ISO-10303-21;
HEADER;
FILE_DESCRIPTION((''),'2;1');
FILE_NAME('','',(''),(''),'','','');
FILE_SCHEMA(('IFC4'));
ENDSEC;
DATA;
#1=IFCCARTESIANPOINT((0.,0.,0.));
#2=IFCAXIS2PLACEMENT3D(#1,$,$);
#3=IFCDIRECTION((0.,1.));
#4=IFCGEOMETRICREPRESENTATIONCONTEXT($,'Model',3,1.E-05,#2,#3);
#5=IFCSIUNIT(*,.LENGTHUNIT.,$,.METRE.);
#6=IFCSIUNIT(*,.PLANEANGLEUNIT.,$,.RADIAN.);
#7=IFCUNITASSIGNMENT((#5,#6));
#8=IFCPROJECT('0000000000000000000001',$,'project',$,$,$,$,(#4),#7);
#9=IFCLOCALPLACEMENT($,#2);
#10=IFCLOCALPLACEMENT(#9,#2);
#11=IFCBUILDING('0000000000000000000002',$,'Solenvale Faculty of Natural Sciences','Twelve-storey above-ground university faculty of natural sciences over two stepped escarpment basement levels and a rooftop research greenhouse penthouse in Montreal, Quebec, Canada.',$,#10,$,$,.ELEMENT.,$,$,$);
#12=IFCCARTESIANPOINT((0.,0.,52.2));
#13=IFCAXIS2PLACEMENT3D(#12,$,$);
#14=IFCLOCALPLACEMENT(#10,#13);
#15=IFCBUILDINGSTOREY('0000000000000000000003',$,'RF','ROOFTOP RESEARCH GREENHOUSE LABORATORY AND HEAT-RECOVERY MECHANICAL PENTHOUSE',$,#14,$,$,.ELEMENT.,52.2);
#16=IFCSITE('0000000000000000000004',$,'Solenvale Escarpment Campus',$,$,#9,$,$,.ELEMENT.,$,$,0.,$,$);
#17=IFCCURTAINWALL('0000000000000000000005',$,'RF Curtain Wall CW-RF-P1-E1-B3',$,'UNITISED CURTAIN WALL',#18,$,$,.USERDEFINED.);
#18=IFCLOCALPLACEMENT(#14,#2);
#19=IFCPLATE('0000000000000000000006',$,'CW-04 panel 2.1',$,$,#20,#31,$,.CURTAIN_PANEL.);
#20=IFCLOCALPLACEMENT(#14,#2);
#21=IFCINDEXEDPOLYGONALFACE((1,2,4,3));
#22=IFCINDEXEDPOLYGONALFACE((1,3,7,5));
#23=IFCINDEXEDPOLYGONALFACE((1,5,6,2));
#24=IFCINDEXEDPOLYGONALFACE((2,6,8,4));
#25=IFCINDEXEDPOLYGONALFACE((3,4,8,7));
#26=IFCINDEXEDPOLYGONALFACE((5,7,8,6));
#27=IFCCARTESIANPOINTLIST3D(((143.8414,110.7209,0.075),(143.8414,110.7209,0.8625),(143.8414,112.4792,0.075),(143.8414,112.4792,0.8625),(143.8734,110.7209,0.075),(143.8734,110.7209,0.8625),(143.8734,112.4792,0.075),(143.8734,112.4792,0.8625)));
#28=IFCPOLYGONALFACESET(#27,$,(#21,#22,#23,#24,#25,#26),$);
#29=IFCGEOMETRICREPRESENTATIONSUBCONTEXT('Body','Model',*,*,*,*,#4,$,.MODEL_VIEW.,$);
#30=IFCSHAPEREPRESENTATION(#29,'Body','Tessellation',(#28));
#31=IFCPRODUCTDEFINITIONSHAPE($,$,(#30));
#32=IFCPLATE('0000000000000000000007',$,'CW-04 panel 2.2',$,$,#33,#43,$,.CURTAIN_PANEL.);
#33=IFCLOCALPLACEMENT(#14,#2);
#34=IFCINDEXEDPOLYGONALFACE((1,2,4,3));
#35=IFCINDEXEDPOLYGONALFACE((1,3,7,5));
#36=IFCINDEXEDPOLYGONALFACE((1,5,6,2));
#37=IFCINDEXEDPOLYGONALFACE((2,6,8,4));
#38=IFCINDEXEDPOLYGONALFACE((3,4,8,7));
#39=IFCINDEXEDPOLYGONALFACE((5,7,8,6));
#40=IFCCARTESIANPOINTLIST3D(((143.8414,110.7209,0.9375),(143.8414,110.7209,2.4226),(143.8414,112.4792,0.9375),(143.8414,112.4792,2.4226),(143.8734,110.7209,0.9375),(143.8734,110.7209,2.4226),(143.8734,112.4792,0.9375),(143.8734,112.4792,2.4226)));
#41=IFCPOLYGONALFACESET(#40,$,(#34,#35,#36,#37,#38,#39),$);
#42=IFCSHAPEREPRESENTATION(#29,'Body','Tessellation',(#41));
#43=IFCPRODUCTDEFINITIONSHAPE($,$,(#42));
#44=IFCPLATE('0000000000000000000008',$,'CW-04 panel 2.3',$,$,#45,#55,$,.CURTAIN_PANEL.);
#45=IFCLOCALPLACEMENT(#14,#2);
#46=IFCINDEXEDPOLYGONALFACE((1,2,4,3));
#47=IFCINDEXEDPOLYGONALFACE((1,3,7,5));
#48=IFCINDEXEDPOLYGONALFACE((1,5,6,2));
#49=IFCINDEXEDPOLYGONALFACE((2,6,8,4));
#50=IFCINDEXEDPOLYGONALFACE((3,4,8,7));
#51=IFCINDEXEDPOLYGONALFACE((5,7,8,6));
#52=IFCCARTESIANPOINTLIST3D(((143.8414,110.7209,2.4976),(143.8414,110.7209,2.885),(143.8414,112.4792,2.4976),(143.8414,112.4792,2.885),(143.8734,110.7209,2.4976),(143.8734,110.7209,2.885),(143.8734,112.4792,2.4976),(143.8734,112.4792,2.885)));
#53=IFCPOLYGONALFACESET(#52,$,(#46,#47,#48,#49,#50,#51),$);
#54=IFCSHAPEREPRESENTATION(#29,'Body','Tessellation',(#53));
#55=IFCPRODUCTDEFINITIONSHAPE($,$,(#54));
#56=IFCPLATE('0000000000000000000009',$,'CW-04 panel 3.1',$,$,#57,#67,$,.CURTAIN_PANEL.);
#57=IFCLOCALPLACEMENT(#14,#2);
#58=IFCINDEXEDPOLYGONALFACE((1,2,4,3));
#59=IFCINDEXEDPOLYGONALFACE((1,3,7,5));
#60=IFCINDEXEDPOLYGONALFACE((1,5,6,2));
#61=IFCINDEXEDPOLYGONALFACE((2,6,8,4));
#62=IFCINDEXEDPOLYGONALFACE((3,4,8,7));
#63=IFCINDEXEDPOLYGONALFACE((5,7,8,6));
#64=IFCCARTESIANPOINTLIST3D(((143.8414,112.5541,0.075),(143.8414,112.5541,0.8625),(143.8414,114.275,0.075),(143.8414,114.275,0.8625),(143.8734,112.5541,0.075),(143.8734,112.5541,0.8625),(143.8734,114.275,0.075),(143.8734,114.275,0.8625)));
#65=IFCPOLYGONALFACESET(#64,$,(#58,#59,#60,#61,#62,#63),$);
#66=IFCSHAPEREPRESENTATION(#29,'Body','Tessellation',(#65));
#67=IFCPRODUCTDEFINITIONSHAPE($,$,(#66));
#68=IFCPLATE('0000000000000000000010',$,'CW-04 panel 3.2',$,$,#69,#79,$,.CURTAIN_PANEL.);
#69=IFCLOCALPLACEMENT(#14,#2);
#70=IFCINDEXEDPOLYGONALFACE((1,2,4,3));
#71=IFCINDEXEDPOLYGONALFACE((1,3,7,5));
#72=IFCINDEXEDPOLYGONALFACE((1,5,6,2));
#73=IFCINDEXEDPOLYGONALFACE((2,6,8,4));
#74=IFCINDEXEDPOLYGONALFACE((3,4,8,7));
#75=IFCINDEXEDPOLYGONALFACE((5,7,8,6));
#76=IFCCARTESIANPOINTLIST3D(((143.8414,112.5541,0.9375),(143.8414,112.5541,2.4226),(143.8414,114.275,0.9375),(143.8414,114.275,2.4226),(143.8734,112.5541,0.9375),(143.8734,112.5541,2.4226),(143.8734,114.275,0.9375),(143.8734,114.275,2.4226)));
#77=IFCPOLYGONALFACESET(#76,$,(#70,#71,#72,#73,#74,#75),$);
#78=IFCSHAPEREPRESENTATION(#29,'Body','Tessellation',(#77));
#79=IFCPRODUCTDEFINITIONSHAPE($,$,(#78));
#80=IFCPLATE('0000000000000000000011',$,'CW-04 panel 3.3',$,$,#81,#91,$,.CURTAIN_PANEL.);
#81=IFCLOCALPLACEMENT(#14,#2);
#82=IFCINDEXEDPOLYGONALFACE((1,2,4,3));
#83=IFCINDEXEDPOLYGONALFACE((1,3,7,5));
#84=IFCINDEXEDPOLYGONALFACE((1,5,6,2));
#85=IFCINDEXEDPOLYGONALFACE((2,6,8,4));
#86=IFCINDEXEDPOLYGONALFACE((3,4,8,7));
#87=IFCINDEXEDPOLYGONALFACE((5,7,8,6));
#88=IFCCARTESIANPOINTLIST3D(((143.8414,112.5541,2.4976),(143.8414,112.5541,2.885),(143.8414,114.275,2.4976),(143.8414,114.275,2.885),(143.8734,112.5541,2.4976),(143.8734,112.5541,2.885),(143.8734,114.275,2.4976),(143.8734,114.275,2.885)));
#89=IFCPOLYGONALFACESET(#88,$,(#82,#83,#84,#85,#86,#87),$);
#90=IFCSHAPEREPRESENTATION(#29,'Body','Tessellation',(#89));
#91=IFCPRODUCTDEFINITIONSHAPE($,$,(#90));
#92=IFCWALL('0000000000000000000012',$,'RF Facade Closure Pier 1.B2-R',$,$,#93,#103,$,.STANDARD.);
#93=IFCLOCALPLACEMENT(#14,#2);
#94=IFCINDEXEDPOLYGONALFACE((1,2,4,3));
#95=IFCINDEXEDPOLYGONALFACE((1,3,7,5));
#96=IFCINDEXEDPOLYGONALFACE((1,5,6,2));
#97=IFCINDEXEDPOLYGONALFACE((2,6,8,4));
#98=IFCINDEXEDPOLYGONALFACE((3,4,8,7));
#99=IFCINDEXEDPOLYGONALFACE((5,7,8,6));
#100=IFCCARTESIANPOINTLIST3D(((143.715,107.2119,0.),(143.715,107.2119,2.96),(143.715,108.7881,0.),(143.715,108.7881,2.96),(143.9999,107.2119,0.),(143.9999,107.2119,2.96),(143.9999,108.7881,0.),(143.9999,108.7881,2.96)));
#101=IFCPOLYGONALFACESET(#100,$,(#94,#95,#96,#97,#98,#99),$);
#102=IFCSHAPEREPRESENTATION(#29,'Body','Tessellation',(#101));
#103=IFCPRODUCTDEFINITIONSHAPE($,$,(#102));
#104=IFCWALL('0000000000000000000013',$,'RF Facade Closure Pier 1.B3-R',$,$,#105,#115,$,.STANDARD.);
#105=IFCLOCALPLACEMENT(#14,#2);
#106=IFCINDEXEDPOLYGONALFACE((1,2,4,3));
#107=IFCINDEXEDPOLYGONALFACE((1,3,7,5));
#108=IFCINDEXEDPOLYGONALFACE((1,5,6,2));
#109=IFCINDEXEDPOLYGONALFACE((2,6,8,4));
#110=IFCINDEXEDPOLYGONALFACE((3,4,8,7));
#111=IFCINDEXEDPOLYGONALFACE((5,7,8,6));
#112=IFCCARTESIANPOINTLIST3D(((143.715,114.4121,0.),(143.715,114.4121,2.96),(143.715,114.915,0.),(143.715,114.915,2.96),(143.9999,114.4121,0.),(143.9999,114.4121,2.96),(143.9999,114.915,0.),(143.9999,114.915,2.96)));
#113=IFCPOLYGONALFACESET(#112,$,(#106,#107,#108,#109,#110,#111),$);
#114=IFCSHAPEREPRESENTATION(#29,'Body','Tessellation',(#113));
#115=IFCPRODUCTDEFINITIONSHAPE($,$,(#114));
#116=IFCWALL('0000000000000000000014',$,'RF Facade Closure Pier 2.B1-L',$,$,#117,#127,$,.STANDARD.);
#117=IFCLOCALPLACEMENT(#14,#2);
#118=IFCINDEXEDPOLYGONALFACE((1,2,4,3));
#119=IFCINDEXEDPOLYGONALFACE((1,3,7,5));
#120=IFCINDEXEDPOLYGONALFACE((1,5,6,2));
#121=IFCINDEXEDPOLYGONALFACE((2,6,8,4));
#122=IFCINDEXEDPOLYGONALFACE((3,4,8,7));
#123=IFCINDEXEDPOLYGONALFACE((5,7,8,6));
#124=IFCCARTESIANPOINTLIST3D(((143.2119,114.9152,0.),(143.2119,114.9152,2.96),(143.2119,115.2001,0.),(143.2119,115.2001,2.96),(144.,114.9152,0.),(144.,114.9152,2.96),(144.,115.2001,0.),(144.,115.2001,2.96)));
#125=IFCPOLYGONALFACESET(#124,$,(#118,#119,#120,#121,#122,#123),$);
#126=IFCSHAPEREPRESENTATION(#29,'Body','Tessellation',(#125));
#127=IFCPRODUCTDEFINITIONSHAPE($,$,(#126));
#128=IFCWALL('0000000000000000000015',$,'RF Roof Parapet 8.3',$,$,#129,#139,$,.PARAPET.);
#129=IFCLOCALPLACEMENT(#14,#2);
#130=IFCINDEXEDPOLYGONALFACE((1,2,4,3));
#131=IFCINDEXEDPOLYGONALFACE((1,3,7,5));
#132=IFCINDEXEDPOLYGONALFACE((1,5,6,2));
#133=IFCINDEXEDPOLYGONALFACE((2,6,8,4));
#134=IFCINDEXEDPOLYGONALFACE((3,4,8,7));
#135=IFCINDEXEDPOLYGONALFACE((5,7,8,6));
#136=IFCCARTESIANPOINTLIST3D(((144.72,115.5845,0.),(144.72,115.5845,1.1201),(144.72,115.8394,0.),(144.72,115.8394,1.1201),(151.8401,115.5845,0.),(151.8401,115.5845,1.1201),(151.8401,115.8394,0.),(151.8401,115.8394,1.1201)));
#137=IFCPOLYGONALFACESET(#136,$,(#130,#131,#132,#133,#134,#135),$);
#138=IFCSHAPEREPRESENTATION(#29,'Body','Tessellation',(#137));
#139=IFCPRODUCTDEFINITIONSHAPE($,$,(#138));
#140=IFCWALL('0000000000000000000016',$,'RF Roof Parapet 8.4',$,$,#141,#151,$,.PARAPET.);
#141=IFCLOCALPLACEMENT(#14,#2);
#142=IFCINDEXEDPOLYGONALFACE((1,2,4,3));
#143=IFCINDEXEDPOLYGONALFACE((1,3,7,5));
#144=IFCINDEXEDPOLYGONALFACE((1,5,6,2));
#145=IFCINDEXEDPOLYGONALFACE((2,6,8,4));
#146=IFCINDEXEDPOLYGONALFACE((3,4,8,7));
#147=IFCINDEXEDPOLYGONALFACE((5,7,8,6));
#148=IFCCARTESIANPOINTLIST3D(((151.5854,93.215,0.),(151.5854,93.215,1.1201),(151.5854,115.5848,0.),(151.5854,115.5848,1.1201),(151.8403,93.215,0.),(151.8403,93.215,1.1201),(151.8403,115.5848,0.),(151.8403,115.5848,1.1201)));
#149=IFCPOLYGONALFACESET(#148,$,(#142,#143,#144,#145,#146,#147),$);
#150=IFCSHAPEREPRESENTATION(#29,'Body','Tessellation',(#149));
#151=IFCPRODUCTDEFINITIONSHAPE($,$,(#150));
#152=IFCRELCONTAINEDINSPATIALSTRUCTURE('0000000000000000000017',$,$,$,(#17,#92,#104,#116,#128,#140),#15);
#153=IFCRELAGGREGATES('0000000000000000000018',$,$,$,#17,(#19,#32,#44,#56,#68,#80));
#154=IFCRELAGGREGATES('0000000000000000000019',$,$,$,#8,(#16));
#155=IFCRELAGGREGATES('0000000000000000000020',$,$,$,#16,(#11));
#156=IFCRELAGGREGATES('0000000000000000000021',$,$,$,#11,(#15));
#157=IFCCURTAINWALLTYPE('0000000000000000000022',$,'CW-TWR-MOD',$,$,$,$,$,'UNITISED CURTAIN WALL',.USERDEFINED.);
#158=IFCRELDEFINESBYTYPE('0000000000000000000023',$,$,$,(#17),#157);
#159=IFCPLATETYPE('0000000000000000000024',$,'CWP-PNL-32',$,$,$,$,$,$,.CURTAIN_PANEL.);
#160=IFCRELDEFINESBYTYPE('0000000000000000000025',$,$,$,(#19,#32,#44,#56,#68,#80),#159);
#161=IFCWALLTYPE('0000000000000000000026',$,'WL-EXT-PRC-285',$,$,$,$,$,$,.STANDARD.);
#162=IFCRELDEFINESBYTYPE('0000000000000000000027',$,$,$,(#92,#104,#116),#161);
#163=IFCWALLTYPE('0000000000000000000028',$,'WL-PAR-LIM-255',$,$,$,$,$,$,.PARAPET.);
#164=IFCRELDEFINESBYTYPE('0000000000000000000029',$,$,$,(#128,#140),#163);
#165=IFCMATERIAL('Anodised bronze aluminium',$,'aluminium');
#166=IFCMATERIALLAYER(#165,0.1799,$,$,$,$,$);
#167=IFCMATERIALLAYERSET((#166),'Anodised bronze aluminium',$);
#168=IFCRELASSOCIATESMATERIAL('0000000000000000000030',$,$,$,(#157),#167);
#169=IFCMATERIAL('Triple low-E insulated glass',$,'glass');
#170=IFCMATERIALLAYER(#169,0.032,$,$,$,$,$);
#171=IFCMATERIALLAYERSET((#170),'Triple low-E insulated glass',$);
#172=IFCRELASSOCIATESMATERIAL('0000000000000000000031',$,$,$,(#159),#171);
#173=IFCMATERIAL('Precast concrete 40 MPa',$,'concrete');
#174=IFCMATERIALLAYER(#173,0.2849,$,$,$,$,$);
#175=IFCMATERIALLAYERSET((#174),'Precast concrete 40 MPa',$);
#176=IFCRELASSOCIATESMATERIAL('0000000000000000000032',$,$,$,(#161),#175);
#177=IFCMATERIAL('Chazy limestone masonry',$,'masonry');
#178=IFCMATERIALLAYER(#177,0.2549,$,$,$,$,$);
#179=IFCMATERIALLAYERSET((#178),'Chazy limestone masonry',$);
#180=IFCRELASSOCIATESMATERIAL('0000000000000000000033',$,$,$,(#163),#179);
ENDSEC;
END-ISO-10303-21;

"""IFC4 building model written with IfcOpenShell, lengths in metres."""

from ifc_helpers import new_model, si_unit, direction, frame, frame_2d, origin, origin_2d, place, context, subcontext, project, spatial, rectangle, extrude, material, layer, layer_set, type_object, element, aggregate, save


model = new_model("IFC4")

# Units and contexts
model_context = context("Model", 3, precision=1e-05, world=origin(), true_north=direction((0.0, 1.0)))
body_context = subcontext(model_context, "Body", "Model", "MODEL_VIEW")
ifc_project = project(units=[si_unit("LENGTHUNIT", "METRE"), si_unit("PLANEANGLEUNIT", "RADIAN")], contexts=[model_context])

# Site, building, storey
site_placement = place(None, origin())
site = spatial("IfcSite", under=ifc_project, at=site_placement, Name="Solenvale Escarpment Campus", CompositionType="ELEMENT", RefElevation=0.0)
building_placement = place(site_placement, origin())
building = spatial("IfcBuilding", under=site, at=building_placement, Name="Solenvale Faculty of Natural Sciences", Description="Twelve-storey above-ground university faculty of natural sciences over two stepped escarpment basement levels and a rooftop research greenhouse penthouse in Montreal, Quebec, Canada.", CompositionType="ELEMENT")
storey_placement = place(building_placement, frame((0.0, 0.0, 52.2)))
storey = spatial("IfcBuildingStorey", under=building, at=storey_placement, Name="RF", Description="ROOFTOP RESEARCH GREENHOUSE LABORATORY AND HEAT-RECOVERY MECHANICAL PENTHOUSE", CompositionType="ELEMENT", Elevation=52.2)

# Shared definitions
ifc_material_1 = material(Name="Anodised bronze aluminium", Category="aluminium")
ifc_layer_1 = layer(ifc_material_1, 0.1799)
ifc_layer_set_1 = layer_set([ifc_layer_1], Name="Anodised bronze aluminium")
curtain_wall_type = type_object("IfcCurtainWallType", Name="CW-TWR-MOD", ElementType="UNITISED CURTAIN WALL", PredefinedType="USERDEFINED", material=ifc_layer_set_1)

# Curtain wall
curtain_wall_1_placement = place(storey_placement, origin())
curtain_wall_1 = element("IfcCurtainWall", 1, at=curtain_wall_1_placement, inside=storey, type_object=curtain_wall_type, Name="RF Curtain Wall CW-RF-P1-E1-B3", ObjectType="UNITISED CURTAIN WALL", PredefinedType="USERDEFINED")

# Plates
ifc_material_2 = material(Name="Triple low-E insulated glass", Category="glass")
ifc_layer_2 = layer(ifc_material_2, 0.032)
ifc_layer_set_2 = layer_set([ifc_layer_2], Name="Triple low-E insulated glass")
plate_type_1 = type_object("IfcPlateType", Name="CWP-PNL-32", PredefinedType="CURTAIN_PANEL", material=ifc_layer_set_2)
plate_1_placement = place(storey_placement, frame((143.8574, 111.6001, 0.075), z_axis=(0.0, 0.0, 1.0), x_axis=(0.0, 1.0, 0.0)))
plate_1 = element("IfcPlate", 2, at=plate_1_placement, type_object=plate_type_1, Name="CW-04 panel 2.1", PredefinedType="CURTAIN_PANEL", context=body_context, shape_type="SweptSolid", body=[
    extrude(rectangle(XDim=1.7583, YDim=0.032, at=origin_2d()), origin(), (0.0, 0.0, 1.0), 0.7876),
])
plate_2_placement = place(storey_placement, frame((143.8574, 111.6001, 0.9375), z_axis=(0.0, 0.0, 1.0), x_axis=(0.0, 1.0, 0.0)))
plate_2 = element("IfcPlate", 3, at=plate_2_placement, type_object=plate_type_1, Name="CW-04 panel 2.2", PredefinedType="CURTAIN_PANEL", context=body_context, shape_type="SweptSolid", body=[
    extrude(rectangle(XDim=1.7583, YDim=0.032, at=origin_2d()), origin(), (0.0, 0.0, 1.0), 1.4851),
])
plate_3_placement = place(storey_placement, frame((143.8574, 111.6001, 2.4976), z_axis=(0.0, 0.0, 1.0), x_axis=(0.0, 1.0, 0.0)))
plate_3 = element("IfcPlate", 4, at=plate_3_placement, type_object=plate_type_1, Name="CW-04 panel 2.3", PredefinedType="CURTAIN_PANEL", context=body_context, shape_type="SweptSolid", body=[
    extrude(rectangle(XDim=1.7583, YDim=0.032, at=origin_2d()), origin(), (0.0, 0.0, 1.0), 0.3875),
])
plate_4_placement = place(storey_placement, frame((143.8574, 113.4146, 0.075), z_axis=(0.0, 0.0, 1.0), x_axis=(0.0, 1.0, 0.0)))
plate_4 = element("IfcPlate", 5, at=plate_4_placement, type_object=plate_type_1, Name="CW-04 panel 3.1", PredefinedType="CURTAIN_PANEL", context=body_context, shape_type="SweptSolid", body=[
    extrude(rectangle(XDim=1.7209, YDim=0.032, at=origin_2d()), origin(), (0.0, 0.0, 1.0), 0.7876),
])
plate_5_placement = place(storey_placement, frame((143.8574, 113.4146, 0.9375), z_axis=(0.0, 0.0, 1.0), x_axis=(0.0, 1.0, 0.0)))
plate_5 = element("IfcPlate", 6, at=plate_5_placement, type_object=plate_type_1, Name="CW-04 panel 3.2", PredefinedType="CURTAIN_PANEL", context=body_context, shape_type="SweptSolid", body=[
    extrude(rectangle(XDim=1.7209, YDim=0.032, at=origin_2d()), origin(), (0.0, 0.0, 1.0), 1.4851),
])
plate_6_placement = place(storey_placement, frame((143.8574, 113.4146, 2.4976), z_axis=(0.0, 0.0, 1.0), x_axis=(0.0, 1.0, 0.0)))
plate_6 = element("IfcPlate", 7, at=plate_6_placement, type_object=plate_type_1, Name="CW-04 panel 3.3", PredefinedType="CURTAIN_PANEL", context=body_context, shape_type="SweptSolid", body=[
    extrude(rectangle(XDim=1.7209, YDim=0.032, at=origin_2d()), origin(), (0.0, 0.0, 1.0), 0.3875),
])
aggregate(curtain_wall_1, [plate_1, plate_2, plate_3, plate_4, plate_5, plate_6])

# Walls
ifc_material_3 = material(Name="Precast concrete 40 MPa", Category="concrete")
ifc_layer_3 = layer(ifc_material_3, 0.2849)
ifc_layer_set_3 = layer_set([ifc_layer_3], Name="Precast concrete 40 MPa")
wall_type_1 = type_object("IfcWallType", Name="WL-EXT-PRC-285", PredefinedType="STANDARD", material=ifc_layer_set_3)
wall_1_placement = place(storey_placement, frame((143.8574, 107.2119, 0.0), z_axis=(0.0, 0.0, 1.0), x_axis=(0.0, 1.0, 0.0)))
element("IfcWall", 8, at=wall_1_placement, inside=storey, type_object=wall_type_1, Name="RF Facade Closure Pier 1.B2-R", PredefinedType="STANDARD", context=body_context, shape_type="SweptSolid", body=[
    extrude(rectangle(XDim=1.5762, YDim=0.2849, at=frame_2d((0.7881, 0.0))), origin(), (0.0, 0.0, 1.0), 2.96),
])
wall_2_placement = place(storey_placement, frame((143.8574, 114.4121, 0.0), z_axis=(0.0, 0.0, 1.0), x_axis=(0.0, 1.0, 0.0)))
element("IfcWall", 9, at=wall_2_placement, inside=storey, type_object=wall_type_1, Name="RF Facade Closure Pier 1.B3-R", PredefinedType="STANDARD", context=body_context, shape_type="SweptSolid", body=[
    extrude(rectangle(XDim=0.5029, YDim=0.2849, at=frame_2d((0.2515, 0.0))), origin(), (0.0, 0.0, 1.0), 2.96),
])
wall_3_placement = place(storey_placement, frame((144.0, 115.0576, 0.0), z_axis=(0.0, 0.0, 1.0), x_axis=(-1.0, 0.0, 0.0)))
element("IfcWall", 10, at=wall_3_placement, inside=storey, type_object=wall_type_1, Name="RF Facade Closure Pier 2.B1-L", PredefinedType="STANDARD", context=body_context, shape_type="SweptSolid", body=[
    extrude(rectangle(XDim=0.7881, YDim=0.2849, at=frame_2d((0.394, 0.0))), origin(), (0.0, 0.0, 1.0), 2.96),
])
ifc_material_4 = material(Name="Chazy limestone masonry", Category="masonry")
ifc_layer_4 = layer(ifc_material_4, 0.2549)
ifc_layer_set_4 = layer_set([ifc_layer_4], Name="Chazy limestone masonry")
wall_type_2 = type_object("IfcWallType", Name="WL-PAR-LIM-255", PredefinedType="PARAPET", material=ifc_layer_set_4)
wall_4_placement = place(storey_placement, frame((144.72, 115.7119, 0.0), z_axis=(0.0, 0.0, 1.0), x_axis=(1.0, 0.0, 0.0)))
element("IfcWall", 11, at=wall_4_placement, inside=storey, type_object=wall_type_2, Name="RF Roof Parapet 8.3", PredefinedType="PARAPET", context=body_context, shape_type="SweptSolid", body=[
    extrude(rectangle(XDim=7.1201, YDim=0.2549, at=frame_2d((3.5601, 0.0))), origin(), (0.0, 0.0, 1.0), 1.1201),
])
wall_5_placement = place(storey_placement, frame((151.7129, 115.585, 0.0), z_axis=(0.0, 0.0, 1.0), x_axis=(0.0, -1.0, 0.0)))
element("IfcWall", 12, at=wall_5_placement, inside=storey, type_object=wall_type_2, Name="RF Roof Parapet 8.4", PredefinedType="PARAPET", context=body_context, shape_type="SweptSolid", body=[
    extrude(rectangle(XDim=22.3699, YDim=0.2549, at=frame_2d((11.1851, 0.0))), origin(), (0.0, 0.0, 1.0), 1.1201),
])

save(model, "model.ifc")
